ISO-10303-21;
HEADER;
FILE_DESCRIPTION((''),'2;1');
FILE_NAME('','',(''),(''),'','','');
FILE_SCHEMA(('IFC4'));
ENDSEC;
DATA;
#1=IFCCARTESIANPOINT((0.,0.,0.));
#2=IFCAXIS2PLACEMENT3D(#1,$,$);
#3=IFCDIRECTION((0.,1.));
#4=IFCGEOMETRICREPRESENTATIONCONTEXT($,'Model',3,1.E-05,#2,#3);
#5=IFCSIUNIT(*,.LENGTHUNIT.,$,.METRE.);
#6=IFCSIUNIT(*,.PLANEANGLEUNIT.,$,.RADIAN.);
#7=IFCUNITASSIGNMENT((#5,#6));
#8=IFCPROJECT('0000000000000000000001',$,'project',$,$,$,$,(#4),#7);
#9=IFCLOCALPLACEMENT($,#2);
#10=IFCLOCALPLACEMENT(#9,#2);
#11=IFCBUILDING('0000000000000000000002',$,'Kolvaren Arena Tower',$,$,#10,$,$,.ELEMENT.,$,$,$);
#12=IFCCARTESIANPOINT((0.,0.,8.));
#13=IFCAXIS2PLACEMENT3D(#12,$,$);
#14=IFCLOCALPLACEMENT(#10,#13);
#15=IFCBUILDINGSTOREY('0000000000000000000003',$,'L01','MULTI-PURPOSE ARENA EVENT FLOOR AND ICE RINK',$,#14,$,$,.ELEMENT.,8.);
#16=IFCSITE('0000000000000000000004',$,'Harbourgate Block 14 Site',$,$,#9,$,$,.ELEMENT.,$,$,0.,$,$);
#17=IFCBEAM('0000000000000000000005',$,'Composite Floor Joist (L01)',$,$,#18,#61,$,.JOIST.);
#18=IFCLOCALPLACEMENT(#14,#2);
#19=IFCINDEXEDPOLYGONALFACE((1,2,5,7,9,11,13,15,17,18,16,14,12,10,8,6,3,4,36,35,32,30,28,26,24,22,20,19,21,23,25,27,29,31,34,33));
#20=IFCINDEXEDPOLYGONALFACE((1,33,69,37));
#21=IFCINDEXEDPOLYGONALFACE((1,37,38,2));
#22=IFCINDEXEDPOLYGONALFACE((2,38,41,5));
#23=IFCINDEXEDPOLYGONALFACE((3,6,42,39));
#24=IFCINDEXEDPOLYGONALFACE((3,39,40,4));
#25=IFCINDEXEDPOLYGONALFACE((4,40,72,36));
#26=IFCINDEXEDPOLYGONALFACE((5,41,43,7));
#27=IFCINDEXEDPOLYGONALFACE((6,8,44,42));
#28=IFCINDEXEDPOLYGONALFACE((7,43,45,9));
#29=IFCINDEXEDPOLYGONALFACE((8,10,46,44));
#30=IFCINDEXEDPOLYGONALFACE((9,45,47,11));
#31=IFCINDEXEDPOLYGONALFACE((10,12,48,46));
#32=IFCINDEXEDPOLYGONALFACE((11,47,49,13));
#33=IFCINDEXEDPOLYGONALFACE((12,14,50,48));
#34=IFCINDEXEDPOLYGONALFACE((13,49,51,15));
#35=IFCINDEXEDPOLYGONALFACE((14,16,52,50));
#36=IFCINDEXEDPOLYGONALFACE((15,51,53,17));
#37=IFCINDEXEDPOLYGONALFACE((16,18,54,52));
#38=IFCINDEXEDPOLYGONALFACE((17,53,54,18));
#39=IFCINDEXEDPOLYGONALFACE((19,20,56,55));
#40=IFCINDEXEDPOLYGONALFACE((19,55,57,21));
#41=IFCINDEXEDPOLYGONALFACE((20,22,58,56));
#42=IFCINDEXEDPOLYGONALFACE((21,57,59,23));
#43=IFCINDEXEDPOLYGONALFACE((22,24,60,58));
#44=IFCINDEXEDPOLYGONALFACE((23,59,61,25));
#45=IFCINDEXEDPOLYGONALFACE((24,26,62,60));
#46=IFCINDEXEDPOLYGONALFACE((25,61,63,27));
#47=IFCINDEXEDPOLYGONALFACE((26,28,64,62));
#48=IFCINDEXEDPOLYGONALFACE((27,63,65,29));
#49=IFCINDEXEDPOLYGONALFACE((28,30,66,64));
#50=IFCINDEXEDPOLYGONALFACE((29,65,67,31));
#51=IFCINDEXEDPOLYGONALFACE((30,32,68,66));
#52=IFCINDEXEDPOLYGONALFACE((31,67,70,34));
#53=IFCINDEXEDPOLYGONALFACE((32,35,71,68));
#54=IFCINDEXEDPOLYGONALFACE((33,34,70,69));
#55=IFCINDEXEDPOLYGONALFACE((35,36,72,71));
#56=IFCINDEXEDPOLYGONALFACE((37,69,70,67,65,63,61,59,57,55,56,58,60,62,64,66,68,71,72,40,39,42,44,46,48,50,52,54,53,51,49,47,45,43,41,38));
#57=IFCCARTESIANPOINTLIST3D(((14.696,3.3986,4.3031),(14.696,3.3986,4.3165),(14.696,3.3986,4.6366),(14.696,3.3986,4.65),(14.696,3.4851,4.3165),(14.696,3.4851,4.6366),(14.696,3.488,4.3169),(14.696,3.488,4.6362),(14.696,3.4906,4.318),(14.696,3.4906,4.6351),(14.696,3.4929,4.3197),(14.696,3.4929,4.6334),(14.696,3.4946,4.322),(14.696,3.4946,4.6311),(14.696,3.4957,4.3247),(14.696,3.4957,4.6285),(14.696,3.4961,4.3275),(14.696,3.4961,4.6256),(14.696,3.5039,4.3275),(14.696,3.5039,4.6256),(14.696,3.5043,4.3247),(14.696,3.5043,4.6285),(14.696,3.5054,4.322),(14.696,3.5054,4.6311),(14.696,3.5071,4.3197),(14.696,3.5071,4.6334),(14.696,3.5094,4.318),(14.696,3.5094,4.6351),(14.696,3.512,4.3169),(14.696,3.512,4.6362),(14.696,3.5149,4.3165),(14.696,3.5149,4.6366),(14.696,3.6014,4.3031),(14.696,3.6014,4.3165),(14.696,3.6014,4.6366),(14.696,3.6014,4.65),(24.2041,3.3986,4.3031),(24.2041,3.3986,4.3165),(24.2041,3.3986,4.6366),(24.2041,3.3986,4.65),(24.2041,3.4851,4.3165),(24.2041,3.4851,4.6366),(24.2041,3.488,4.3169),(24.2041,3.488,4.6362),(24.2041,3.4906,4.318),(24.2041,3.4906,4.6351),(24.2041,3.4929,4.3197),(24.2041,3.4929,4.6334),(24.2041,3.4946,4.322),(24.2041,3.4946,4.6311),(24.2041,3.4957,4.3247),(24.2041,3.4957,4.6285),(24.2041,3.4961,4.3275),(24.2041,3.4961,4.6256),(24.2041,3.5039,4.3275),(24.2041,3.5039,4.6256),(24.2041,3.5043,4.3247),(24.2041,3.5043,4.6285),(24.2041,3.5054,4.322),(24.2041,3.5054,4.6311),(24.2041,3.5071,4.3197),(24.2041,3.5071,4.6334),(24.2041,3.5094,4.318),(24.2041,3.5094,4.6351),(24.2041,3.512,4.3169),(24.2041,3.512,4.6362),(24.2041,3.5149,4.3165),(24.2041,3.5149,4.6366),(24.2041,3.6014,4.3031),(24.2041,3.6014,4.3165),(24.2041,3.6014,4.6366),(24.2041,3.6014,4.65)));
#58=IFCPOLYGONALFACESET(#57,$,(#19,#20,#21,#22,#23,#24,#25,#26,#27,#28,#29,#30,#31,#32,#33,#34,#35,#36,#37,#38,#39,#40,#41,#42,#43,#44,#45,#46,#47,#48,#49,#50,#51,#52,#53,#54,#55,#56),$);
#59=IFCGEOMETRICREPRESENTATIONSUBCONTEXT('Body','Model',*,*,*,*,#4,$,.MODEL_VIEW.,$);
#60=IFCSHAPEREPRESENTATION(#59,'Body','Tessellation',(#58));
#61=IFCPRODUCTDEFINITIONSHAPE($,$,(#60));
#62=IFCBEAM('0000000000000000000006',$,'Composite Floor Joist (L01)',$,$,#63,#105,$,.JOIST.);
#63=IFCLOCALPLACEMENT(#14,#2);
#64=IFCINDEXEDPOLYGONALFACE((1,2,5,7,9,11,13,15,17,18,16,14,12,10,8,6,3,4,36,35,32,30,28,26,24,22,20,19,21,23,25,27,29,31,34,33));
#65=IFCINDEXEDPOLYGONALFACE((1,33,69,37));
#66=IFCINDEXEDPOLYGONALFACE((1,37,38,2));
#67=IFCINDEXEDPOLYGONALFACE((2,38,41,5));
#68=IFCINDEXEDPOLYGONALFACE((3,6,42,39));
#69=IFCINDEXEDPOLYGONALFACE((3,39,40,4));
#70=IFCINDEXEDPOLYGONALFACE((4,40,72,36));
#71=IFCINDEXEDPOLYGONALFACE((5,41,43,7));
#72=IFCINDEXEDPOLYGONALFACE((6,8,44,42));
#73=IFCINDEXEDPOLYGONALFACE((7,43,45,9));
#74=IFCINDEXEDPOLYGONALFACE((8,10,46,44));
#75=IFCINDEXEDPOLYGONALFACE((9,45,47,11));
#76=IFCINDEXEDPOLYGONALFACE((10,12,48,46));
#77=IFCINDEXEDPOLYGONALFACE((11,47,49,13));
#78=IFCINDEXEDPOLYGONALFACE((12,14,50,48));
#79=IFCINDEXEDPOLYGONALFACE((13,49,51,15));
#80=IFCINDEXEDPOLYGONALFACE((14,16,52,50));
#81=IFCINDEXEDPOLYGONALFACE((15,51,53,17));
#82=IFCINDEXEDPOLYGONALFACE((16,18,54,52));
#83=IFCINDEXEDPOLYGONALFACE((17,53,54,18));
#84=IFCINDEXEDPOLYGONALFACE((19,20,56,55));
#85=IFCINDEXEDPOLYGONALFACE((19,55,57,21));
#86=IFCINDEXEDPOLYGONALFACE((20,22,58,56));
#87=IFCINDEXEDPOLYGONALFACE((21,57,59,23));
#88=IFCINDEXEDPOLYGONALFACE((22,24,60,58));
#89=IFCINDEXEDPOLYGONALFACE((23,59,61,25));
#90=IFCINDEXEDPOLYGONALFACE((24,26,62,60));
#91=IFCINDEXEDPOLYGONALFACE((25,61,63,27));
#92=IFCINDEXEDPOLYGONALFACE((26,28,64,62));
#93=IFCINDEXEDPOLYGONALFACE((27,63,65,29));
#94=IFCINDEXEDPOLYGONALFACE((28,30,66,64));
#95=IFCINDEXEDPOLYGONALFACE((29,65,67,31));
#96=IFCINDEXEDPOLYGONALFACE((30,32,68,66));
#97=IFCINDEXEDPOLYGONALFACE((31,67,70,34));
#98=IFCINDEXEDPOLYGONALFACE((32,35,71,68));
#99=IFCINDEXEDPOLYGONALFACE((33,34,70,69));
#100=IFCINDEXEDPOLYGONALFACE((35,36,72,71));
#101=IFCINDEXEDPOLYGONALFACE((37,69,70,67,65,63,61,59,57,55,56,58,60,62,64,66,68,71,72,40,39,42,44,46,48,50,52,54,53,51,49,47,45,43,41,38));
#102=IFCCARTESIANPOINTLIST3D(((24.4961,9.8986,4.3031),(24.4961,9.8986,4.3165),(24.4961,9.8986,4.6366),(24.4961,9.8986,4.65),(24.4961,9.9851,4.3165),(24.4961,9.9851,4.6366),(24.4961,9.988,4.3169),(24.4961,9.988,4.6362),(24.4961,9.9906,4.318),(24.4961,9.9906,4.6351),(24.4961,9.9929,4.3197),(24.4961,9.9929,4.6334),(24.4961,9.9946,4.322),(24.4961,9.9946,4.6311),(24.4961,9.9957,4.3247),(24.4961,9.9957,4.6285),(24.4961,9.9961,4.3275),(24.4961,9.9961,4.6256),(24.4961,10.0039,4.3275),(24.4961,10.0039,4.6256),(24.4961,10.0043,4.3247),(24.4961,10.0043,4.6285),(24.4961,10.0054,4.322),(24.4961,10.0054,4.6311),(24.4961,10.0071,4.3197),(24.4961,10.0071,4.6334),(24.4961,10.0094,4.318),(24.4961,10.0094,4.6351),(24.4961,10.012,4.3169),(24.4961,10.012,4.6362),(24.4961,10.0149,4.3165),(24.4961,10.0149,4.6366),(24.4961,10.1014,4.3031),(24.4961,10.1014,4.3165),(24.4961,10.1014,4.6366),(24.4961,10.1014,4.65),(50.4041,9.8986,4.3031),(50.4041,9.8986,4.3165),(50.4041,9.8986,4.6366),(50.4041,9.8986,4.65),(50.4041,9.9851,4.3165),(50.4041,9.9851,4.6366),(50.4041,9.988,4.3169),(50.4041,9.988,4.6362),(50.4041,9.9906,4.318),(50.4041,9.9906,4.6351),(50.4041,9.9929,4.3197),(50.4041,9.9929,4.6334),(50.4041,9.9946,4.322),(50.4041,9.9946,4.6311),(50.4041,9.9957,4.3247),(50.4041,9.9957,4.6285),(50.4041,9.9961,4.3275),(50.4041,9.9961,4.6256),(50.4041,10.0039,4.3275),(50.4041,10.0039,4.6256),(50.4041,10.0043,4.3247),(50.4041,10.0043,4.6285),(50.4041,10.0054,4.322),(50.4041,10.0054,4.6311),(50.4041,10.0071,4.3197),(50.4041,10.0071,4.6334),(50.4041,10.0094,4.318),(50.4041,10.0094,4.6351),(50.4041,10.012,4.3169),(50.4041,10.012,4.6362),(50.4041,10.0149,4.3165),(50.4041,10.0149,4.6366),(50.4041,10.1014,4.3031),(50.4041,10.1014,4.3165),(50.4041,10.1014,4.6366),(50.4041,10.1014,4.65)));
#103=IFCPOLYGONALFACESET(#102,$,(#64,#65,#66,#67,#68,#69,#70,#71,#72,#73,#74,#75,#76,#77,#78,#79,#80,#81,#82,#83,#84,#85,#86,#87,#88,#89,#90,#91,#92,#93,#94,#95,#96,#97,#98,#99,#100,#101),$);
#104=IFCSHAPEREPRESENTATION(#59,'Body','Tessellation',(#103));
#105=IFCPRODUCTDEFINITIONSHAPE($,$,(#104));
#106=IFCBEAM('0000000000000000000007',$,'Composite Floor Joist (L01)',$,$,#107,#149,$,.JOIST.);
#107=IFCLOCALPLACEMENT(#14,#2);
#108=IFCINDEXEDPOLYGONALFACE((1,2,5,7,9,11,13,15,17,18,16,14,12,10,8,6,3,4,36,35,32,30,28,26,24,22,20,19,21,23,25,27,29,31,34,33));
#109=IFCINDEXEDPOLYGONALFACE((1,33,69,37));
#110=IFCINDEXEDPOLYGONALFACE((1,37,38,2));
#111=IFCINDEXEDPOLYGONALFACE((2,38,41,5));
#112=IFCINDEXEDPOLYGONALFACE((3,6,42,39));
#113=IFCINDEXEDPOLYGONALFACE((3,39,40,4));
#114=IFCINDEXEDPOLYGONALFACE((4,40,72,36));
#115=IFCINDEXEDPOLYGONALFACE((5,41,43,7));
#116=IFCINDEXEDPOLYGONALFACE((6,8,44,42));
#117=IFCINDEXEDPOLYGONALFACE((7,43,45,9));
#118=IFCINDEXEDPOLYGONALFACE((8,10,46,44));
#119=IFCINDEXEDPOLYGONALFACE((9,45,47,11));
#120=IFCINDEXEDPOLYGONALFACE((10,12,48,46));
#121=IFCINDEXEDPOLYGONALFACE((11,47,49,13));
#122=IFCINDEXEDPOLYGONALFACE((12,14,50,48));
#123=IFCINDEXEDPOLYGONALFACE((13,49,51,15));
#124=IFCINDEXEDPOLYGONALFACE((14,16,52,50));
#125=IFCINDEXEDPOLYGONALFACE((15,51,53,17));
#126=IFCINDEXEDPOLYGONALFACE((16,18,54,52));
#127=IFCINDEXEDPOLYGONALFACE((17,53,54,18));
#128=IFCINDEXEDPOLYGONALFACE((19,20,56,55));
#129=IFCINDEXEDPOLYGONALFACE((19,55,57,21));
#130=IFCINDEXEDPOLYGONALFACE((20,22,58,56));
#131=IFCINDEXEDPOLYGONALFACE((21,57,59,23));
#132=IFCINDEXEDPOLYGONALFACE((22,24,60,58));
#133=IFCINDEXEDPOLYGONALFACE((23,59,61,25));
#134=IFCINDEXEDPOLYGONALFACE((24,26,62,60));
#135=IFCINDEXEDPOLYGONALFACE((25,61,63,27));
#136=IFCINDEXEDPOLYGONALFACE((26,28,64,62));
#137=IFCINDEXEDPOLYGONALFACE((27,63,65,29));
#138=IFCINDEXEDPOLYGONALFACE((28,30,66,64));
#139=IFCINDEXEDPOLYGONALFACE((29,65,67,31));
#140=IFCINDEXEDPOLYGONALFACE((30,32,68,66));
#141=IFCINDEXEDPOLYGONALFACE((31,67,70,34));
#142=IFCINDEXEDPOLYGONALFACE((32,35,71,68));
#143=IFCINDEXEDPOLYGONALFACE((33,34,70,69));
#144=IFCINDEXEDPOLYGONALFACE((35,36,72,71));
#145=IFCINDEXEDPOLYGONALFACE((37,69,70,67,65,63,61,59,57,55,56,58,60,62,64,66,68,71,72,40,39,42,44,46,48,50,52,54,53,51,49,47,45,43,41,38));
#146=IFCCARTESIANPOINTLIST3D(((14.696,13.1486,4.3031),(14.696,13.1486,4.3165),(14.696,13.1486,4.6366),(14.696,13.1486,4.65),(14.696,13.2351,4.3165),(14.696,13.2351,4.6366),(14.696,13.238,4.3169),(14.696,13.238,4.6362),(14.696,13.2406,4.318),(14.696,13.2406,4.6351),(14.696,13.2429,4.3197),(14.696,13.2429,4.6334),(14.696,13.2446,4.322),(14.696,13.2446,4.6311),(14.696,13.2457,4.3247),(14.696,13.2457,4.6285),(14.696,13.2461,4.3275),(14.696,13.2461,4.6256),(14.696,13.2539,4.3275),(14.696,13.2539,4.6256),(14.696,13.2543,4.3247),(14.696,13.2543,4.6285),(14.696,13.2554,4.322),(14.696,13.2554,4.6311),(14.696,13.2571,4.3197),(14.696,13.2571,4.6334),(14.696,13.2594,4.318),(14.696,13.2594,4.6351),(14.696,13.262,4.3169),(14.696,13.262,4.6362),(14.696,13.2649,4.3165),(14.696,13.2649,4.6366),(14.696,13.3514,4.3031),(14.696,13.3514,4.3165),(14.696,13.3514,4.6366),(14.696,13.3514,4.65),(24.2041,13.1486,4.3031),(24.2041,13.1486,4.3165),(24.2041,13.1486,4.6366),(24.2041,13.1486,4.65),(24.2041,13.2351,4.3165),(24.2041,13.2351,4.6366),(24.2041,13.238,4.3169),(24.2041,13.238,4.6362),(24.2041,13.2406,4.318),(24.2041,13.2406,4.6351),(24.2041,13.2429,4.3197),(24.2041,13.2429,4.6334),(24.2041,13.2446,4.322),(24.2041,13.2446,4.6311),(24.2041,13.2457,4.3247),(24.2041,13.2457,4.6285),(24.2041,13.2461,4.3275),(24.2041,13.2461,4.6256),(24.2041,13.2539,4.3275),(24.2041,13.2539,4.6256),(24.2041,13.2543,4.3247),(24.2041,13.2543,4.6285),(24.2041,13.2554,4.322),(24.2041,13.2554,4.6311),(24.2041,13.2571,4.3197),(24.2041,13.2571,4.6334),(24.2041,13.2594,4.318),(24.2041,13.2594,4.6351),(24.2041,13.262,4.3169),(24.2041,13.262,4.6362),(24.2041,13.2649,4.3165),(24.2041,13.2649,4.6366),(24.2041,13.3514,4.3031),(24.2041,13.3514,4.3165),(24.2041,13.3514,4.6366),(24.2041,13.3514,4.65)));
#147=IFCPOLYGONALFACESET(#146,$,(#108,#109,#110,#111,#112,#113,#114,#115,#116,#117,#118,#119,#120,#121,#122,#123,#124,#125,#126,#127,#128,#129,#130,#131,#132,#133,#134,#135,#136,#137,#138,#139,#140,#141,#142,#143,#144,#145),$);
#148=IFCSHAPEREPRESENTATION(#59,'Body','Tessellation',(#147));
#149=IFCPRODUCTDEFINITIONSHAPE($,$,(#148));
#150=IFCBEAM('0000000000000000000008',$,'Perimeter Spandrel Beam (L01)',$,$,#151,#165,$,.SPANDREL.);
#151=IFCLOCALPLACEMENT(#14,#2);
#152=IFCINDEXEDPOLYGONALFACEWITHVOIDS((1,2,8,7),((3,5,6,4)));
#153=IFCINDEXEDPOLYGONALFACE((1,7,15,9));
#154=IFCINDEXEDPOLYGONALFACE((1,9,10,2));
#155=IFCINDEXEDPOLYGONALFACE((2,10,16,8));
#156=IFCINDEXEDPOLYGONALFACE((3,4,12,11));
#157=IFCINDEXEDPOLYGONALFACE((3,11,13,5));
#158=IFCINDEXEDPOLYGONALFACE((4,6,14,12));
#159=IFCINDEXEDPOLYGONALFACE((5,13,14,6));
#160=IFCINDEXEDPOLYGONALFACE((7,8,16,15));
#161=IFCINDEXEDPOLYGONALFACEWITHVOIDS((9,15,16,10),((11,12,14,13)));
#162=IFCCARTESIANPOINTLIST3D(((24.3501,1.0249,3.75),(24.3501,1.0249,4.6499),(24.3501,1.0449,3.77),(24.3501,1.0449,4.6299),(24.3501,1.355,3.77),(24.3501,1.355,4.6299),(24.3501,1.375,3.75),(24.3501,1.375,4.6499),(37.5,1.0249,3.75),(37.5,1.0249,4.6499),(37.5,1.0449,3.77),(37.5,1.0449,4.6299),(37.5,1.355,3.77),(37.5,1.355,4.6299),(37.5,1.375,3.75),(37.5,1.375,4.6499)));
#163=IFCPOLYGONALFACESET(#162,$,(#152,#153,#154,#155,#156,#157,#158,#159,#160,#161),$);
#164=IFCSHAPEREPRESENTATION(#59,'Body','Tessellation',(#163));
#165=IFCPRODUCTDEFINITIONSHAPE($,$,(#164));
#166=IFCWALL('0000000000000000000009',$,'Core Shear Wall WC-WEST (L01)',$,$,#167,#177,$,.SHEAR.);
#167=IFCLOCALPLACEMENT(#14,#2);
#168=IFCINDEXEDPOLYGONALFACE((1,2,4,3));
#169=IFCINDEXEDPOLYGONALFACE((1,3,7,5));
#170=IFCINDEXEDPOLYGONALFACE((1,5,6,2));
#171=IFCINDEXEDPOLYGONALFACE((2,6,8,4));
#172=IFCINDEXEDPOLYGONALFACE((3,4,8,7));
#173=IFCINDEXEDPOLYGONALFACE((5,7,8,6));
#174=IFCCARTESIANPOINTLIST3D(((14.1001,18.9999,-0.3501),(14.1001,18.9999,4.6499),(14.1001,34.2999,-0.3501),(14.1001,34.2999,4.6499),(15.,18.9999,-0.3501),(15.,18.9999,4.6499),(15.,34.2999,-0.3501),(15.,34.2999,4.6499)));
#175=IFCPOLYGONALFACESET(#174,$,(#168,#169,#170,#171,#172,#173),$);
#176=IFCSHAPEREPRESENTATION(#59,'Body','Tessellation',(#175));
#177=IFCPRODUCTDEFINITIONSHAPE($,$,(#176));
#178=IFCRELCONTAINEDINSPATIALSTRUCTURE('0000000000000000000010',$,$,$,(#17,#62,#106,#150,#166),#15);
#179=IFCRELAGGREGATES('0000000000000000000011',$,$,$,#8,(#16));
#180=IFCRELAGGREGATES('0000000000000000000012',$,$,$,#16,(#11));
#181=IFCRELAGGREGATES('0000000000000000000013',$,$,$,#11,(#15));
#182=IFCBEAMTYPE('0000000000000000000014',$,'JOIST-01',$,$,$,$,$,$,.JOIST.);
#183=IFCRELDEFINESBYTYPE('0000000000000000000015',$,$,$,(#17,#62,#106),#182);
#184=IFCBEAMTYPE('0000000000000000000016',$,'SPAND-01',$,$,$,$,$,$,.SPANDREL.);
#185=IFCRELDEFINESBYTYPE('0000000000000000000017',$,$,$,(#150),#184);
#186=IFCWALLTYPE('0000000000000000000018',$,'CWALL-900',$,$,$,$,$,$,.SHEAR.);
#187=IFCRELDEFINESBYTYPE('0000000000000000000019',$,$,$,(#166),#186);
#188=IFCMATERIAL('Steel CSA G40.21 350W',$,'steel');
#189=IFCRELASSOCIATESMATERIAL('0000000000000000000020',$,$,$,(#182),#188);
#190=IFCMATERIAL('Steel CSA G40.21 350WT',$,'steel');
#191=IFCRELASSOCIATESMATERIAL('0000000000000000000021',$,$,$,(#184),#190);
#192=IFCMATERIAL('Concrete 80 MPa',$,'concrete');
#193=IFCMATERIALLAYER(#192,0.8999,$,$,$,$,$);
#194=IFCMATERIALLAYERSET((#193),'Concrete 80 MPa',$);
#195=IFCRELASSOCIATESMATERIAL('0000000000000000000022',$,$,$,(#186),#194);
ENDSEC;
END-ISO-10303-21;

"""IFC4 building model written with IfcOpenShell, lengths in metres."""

from ifc_helpers import new_model, si_unit, direction, frame, frame_2d, origin, origin_2d, place, context, subcontext, project, spatial, rectangle, hollow_rectangle, i_section, extrude, material, layer, layer_set, material_profile, profile_set, type_object, element, save


model = new_model("IFC4")

# Units and contexts
model_context = context("Model", 3, precision=1e-05, world=origin(), true_north=direction((0.0, 1.0)))
body_context = subcontext(model_context, "Body", "Model", "MODEL_VIEW")
ifc_project = project(units=[si_unit("LENGTHUNIT", "METRE"), si_unit("PLANEANGLEUNIT", "RADIAN")], contexts=[model_context])

# Site, building, storey
site_placement = place(None, origin())
site = spatial("IfcSite", under=ifc_project, at=site_placement, Name="Harbourgate Block 14 Site", CompositionType="ELEMENT", RefElevation=0.0)
building_placement = place(site_placement, origin())
building = spatial("IfcBuilding", under=site, at=building_placement, Name="Kolvaren Arena Tower", CompositionType="ELEMENT")
storey_placement = place(building_placement, frame((0.0, 0.0, 8.0)))
storey = spatial("IfcBuildingStorey", under=building, at=storey_placement, Name="L01", Description="MULTI-PURPOSE ARENA EVENT FLOOR AND ICE RINK", CompositionType="ELEMENT", Elevation=8.0)

# Beams
ifc_material_1 = material(Name="Steel CSA G40.21 350W", Category="steel")
ifc_material_profile_1 = material_profile(ifc_material_1, i_section(OverallWidth=0.2029, OverallDepth=0.3469, WebThickness=0.0078, FlangeThickness=0.0134, FilletRadius=0.011, at=origin_2d()), Name="W360x64")
ifc_profile_set_1 = profile_set([ifc_material_profile_1], Name="Steel CSA G40.21 350W")
beam_type_1 = type_object("IfcBeamType", Name="JOIST-01", PredefinedType="JOIST", material=ifc_profile_set_1)
beam_1_placement = place(storey_placement, frame((14.696, 3.5, 4.4766), z_axis=(1.0, 0.0, 0.0), x_axis=(0.0, 1.0, 0.0)))
element("IfcBeam", 1, at=beam_1_placement, inside=storey, type_object=beam_type_1, Name="Composite Floor Joist (L01)", PredefinedType="JOIST", context=body_context, shape_type="SweptSolid", body=[
    extrude(i_section(OverallWidth=0.2029, OverallDepth=0.3469, WebThickness=0.0078, FlangeThickness=0.0134, FilletRadius=0.011, at=origin_2d()), origin(), (0.0, 0.0, 1.0), 9.5081),
])
beam_2_placement = place(storey_placement, frame((24.4961, 10.0, 4.4766), z_axis=(1.0, 0.0, 0.0), x_axis=(0.0, 1.0, 0.0)))
element("IfcBeam", 2, at=beam_2_placement, inside=storey, type_object=beam_type_1, Name="Composite Floor Joist (L01)", PredefinedType="JOIST", context=body_context, shape_type="SweptSolid", body=[
    extrude(i_section(OverallWidth=0.2029, OverallDepth=0.3469, WebThickness=0.0078, FlangeThickness=0.0134, FilletRadius=0.011, at=origin_2d()), origin(), (0.0, 0.0, 1.0), 25.908),
])
beam_3_placement = place(storey_placement, frame((14.696, 13.25, 4.4766), z_axis=(1.0, 0.0, 0.0), x_axis=(0.0, 1.0, 0.0)))
element("IfcBeam", 3, at=beam_3_placement, inside=storey, type_object=beam_type_1, Name="Composite Floor Joist (L01)", PredefinedType="JOIST", context=body_context, shape_type="SweptSolid", body=[
    extrude(i_section(OverallWidth=0.2029, OverallDepth=0.3469, WebThickness=0.0078, FlangeThickness=0.0134, FilletRadius=0.011, at=origin_2d()), origin(), (0.0, 0.0, 1.0), 9.5081),
])
ifc_material_2 = material(Name="Steel CSA G40.21 350WT", Category="steel")
ifc_material_profile_2 = material_profile(ifc_material_2, hollow_rectangle(XDim=0.3501, YDim=0.8999, WallThickness=0.02, at=origin_2d()), Name="HSS 900x350x20")
ifc_profile_set_2 = profile_set([ifc_material_profile_2], Name="Steel CSA G40.21 350WT")
beam_type_2 = type_object("IfcBeamType", Name="SPAND-01", PredefinedType="SPANDREL", material=ifc_profile_set_2)
beam_4_placement = place(storey_placement, frame((24.3501, 1.2, 4.2), z_axis=(1.0, 0.0, 0.0), x_axis=(0.0, 1.0, 0.0)))
element("IfcBeam", 4, at=beam_4_placement, inside=storey, type_object=beam_type_2, Name="Perimeter Spandrel Beam (L01)", PredefinedType="SPANDREL", context=body_context, shape_type="SweptSolid", body=[
    extrude(hollow_rectangle(XDim=0.3501, YDim=0.8999, WallThickness=0.02, at=origin_2d()), origin(), (0.0, 0.0, 1.0), 13.1499),
])

# Wall
ifc_material_3 = material(Name="Concrete 80 MPa", Category="concrete")
ifc_layer_1 = layer(ifc_material_3, 0.8999)
ifc_layer_set_1 = layer_set([ifc_layer_1], Name="Concrete 80 MPa")
wall_type_1 = type_object("IfcWallType", Name="CWALL-900", PredefinedType="SHEAR", material=ifc_layer_set_1)
wall_1_placement = place(storey_placement, frame((14.55, 19.0, -0.3501), z_axis=(0.0, 0.0, 1.0), x_axis=(0.0, 1.0, 0.0)))
element("IfcWall", 5, at=wall_1_placement, inside=storey, type_object=wall_type_1, Name="Core Shear Wall WC-WEST (L01)", PredefinedType="SHEAR", context=body_context, shape_type="SweptSolid", body=[
    extrude(rectangle(XDim=15.3, YDim=0.8999, at=frame_2d((7.6499, 0.0))), origin(), (0.0, 0.0, 1.0), 5.0),
])

save(model, "model.ifc")
